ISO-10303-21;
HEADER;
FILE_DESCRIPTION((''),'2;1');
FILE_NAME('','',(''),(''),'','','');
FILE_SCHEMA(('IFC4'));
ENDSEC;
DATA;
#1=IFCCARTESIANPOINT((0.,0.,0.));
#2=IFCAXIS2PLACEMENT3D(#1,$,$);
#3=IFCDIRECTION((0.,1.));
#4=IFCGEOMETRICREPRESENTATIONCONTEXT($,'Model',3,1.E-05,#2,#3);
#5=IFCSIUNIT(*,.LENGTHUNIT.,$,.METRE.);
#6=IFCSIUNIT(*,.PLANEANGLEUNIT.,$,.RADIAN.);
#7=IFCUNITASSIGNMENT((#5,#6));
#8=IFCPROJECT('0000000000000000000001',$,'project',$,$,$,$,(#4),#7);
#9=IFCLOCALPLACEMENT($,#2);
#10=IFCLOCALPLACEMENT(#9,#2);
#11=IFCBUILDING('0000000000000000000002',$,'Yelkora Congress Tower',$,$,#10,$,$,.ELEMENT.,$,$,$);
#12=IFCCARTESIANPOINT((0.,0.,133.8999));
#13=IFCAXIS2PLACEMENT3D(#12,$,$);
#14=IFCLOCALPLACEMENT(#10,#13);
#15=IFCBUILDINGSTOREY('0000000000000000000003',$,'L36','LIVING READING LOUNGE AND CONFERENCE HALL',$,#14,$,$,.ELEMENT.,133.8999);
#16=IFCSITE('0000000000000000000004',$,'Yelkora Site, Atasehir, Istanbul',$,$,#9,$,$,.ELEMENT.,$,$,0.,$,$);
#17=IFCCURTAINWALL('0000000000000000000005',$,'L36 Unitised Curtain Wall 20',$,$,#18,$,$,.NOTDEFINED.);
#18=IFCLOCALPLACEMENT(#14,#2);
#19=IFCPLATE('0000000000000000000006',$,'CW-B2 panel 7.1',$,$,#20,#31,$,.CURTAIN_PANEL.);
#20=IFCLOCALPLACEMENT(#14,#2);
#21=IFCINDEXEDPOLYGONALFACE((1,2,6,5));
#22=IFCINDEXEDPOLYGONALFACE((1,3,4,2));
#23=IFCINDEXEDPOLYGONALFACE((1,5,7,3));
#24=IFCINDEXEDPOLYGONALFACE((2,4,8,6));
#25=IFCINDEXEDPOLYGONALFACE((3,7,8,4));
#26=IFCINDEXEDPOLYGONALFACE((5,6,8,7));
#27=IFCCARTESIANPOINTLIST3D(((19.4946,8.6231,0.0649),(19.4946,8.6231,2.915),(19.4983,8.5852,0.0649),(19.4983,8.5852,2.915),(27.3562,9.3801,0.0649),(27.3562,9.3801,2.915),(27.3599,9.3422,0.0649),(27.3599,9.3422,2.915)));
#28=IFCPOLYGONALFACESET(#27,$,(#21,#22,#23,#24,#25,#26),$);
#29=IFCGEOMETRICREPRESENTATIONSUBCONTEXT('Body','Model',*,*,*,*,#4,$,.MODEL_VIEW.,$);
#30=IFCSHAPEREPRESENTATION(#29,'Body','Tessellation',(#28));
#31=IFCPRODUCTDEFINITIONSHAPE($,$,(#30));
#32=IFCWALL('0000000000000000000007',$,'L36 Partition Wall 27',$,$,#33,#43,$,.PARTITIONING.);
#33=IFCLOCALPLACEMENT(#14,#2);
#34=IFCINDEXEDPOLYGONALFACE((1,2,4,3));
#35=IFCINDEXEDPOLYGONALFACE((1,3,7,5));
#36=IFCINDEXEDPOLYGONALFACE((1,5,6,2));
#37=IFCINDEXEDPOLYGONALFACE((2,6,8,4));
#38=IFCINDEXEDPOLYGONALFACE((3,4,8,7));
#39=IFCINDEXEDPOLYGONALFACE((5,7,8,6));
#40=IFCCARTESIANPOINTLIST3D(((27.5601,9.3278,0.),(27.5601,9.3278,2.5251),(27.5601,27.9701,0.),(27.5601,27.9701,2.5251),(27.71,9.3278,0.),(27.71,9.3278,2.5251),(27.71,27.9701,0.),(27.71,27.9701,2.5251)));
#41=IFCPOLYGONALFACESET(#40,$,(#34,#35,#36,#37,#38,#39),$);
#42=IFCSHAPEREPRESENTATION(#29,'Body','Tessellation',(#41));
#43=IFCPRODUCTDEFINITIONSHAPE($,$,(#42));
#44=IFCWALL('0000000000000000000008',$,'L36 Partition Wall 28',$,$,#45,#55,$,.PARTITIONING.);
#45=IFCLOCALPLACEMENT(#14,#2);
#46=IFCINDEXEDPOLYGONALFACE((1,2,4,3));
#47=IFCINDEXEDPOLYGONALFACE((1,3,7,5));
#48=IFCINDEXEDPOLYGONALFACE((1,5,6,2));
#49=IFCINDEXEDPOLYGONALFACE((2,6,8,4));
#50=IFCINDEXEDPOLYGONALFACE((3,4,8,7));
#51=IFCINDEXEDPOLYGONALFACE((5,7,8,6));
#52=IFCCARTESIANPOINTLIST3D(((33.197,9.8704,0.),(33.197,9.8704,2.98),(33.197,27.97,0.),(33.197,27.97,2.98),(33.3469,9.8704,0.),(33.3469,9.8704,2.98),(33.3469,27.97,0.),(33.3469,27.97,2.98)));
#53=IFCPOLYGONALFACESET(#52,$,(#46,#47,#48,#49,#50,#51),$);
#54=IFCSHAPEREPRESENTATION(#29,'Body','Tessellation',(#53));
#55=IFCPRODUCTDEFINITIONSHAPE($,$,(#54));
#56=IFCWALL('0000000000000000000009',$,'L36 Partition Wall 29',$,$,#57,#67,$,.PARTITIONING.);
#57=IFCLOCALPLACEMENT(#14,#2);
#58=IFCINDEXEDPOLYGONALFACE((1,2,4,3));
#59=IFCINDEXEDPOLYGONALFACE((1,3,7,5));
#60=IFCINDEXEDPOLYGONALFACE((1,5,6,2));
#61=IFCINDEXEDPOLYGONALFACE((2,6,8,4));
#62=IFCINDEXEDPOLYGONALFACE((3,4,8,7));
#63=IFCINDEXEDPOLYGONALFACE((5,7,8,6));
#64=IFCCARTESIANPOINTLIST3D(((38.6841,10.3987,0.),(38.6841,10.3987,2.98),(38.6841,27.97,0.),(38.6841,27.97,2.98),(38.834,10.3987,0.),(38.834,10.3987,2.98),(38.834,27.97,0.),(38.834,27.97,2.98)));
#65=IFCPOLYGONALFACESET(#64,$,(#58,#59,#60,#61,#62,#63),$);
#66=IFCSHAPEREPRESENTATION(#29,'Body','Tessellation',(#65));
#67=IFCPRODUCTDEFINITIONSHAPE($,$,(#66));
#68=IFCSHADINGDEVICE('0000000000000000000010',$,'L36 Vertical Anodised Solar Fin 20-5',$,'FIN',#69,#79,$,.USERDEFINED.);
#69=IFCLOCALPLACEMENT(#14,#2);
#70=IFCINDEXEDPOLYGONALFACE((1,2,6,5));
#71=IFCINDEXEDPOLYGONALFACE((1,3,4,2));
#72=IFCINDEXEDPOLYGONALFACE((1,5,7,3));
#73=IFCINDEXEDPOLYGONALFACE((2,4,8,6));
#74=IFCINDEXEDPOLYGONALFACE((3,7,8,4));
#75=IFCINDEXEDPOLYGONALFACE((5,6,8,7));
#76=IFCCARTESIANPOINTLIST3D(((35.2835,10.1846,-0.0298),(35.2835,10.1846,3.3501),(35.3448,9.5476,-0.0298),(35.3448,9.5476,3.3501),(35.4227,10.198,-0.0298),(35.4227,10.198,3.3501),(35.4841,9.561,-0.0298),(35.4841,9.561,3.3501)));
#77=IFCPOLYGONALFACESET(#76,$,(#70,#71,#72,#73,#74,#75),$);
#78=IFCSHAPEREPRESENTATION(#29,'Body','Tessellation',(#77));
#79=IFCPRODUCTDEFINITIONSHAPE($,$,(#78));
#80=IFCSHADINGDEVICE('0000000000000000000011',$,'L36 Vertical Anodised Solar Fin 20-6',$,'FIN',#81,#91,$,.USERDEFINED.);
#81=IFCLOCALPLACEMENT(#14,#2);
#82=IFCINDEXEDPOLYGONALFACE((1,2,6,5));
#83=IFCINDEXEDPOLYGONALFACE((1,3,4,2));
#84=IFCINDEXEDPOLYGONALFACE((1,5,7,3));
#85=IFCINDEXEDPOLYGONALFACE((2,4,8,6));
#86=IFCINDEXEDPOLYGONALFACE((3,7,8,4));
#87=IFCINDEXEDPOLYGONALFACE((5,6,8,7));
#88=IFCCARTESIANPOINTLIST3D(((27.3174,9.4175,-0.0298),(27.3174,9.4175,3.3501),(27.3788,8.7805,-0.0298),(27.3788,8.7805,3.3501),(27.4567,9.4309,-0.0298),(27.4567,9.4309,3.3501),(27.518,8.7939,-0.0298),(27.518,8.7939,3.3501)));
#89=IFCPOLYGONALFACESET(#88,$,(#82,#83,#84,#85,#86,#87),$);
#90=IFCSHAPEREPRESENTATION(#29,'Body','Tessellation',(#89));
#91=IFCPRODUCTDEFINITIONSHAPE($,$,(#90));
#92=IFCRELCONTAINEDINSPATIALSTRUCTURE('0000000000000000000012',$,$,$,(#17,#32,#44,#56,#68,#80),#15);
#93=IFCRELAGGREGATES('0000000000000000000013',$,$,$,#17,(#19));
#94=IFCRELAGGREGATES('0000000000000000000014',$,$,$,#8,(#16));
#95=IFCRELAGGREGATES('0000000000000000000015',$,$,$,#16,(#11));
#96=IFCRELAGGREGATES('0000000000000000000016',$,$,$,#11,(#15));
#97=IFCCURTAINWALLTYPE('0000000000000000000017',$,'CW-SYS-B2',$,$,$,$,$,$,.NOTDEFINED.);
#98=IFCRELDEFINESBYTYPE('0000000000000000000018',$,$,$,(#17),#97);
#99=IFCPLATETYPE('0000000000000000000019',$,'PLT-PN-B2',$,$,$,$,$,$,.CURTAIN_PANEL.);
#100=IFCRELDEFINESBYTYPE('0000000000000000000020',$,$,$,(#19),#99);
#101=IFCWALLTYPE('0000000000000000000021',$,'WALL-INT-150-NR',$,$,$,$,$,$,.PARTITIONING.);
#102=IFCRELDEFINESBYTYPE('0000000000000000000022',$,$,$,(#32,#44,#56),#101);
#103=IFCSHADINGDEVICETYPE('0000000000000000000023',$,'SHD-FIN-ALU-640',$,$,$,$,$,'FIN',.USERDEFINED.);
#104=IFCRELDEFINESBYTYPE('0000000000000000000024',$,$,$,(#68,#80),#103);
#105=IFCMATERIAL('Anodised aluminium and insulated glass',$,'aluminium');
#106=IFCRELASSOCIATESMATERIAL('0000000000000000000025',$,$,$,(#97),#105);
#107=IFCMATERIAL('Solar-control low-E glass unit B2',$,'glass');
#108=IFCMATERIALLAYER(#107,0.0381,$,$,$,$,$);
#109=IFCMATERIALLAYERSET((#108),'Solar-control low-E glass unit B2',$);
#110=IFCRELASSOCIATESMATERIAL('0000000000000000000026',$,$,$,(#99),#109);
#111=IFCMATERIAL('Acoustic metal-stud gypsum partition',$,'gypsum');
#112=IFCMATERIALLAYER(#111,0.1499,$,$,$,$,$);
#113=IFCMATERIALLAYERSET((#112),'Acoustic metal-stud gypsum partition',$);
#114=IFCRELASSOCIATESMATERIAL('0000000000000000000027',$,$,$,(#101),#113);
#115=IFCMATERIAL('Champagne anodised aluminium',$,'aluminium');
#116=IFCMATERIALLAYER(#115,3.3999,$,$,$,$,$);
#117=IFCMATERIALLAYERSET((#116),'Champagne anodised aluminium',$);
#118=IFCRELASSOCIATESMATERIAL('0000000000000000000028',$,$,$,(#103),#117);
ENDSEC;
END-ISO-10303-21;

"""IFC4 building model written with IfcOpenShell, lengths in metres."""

from ifc_helpers import new_model, si_unit, direction, frame, frame_2d, origin, origin_2d, place, context, subcontext, project, spatial, rectangle, extrude, material, layer, layer_set, type_object, element, aggregate, save


model = new_model("IFC4")

# Units and contexts
model_context = context("Model", 3, precision=1e-05, world=origin(), true_north=direction((0.0, 1.0)))
body_context = subcontext(model_context, "Body", "Model", "MODEL_VIEW")
ifc_project = project(units=[si_unit("LENGTHUNIT", "METRE"), si_unit("PLANEANGLEUNIT", "RADIAN")], contexts=[model_context])

# Site, building, storey
site_placement = place(None, origin())
site = spatial("IfcSite", under=ifc_project, at=site_placement, Name="Yelkora Site, Atasehir, Istanbul", CompositionType="ELEMENT", RefElevation=0.0)
building_placement = place(site_placement, origin())
building = spatial("IfcBuilding", under=site, at=building_placement, Name="Yelkora Congress Tower", CompositionType="ELEMENT")
storey_placement = place(building_placement, frame((0.0, 0.0, 133.8999)))
storey = spatial("IfcBuildingStorey", under=building, at=storey_placement, Name="L36", Description="LIVING READING LOUNGE AND CONFERENCE HALL", CompositionType="ELEMENT", Elevation=133.8999)

# Curtain wall, plate
ifc_material_1 = material(Name="Anodised aluminium and insulated glass", Category="aluminium")
curtain_wall_type = type_object("IfcCurtainWallType", Name="CW-SYS-B2", PredefinedType="NOTDEFINED", material=ifc_material_1)
curtain_wall_placement = place(storey_placement, origin())
curtain_wall = element("IfcCurtainWall", 1, at=curtain_wall_placement, inside=storey, type_object=curtain_wall_type, Name="L36 Unitised Curtain Wall 20", PredefinedType="NOTDEFINED")
ifc_material_2 = material(Name="Solar-control low-E glass unit B2", Category="glass")
ifc_layer_1 = layer(ifc_material_2, 0.0381)
ifc_layer_set_1 = layer_set([ifc_layer_1], Name="Solar-control low-E glass unit B2")
plate_type = type_object("IfcPlateType", Name="PLT-PN-B2", PredefinedType="CURTAIN_PANEL", material=ifc_layer_set_1)
plate_1_placement = place(storey_placement, frame((23.4272, 8.9827, 0.0649), z_axis=(0.0, 0.0, 1.0), x_axis=(-0.995396, -0.095844, 0.0)))
plate_1 = element("IfcPlate", 2, at=plate_1_placement, type_object=plate_type, Name="CW-B2 panel 7.1", PredefinedType="CURTAIN_PANEL", context=body_context, shape_type="SweptSolid", body=[
    extrude(rectangle(XDim=7.8979, YDim=0.0381, at=origin_2d()), origin(), (0.0, 0.0, 1.0), 2.8501),
])
aggregate(curtain_wall, [plate_1])

# Walls
ifc_material_3 = material(Name="Acoustic metal-stud gypsum partition", Category="gypsum")
ifc_layer_2 = layer(ifc_material_3, 0.1499)
ifc_layer_set_2 = layer_set([ifc_layer_2], Name="Acoustic metal-stud gypsum partition")
wall_type = type_object("IfcWallType", Name="WALL-INT-150-NR", PredefinedType="PARTITIONING", material=ifc_layer_set_2)
wall_1_placement = place(storey_placement, frame((27.635, 9.3276, 0.0), z_axis=(0.0, 0.0, 1.0), x_axis=(0.0, 1.0, 0.0)))
element("IfcWall", 3, at=wall_1_placement, inside=storey, type_object=wall_type, Name="L36 Partition Wall 27", PredefinedType="PARTITIONING", context=body_context, shape_type="SweptSolid", body=[
    extrude(rectangle(XDim=18.6423, YDim=0.1499, at=frame_2d((9.3213, 0.0))), origin(), (0.0, 0.0, 1.0), 2.5251),
])
wall_2_placement = place(storey_placement, frame((33.272, 9.8704, 0.0), z_axis=(0.0, 0.0, 1.0), x_axis=(0.0, 1.0, 0.0)))
element("IfcWall", 4, at=wall_2_placement, inside=storey, type_object=wall_type, Name="L36 Partition Wall 28", PredefinedType="PARTITIONING", context=body_context, shape_type="SweptSolid", body=[
    extrude(rectangle(XDim=18.0996, YDim=0.1499, at=frame_2d((9.0498, 0.0))), origin(), (0.0, 0.0, 1.0), 2.98),
])
wall_3_placement = place(storey_placement, frame((38.759, 10.3987, 0.0), z_axis=(0.0, 0.0, 1.0), x_axis=(0.0, 1.0, 0.0)))
element("IfcWall", 5, at=wall_3_placement, inside=storey, type_object=wall_type, Name="L36 Partition Wall 29", PredefinedType="PARTITIONING", context=body_context, shape_type="SweptSolid", body=[
    extrude(rectangle(XDim=17.5713, YDim=0.1499, at=frame_2d((8.7856, 0.0))), origin(), (0.0, 0.0, 1.0), 2.98),
])

# Shading devices
ifc_material_4 = material(Name="Champagne anodised aluminium", Category="aluminium")
ifc_layer_3 = layer(ifc_material_4, 3.3999)
ifc_layer_set_3 = layer_set([ifc_layer_3], Name="Champagne anodised aluminium")
shading_device_type = type_object("IfcShadingDeviceType", Name="SHD-FIN-ALU-640", ElementType="FIN", PredefinedType="USERDEFINED", material=ifc_layer_set_3)
for number, where, z_axis, x_axis, name in (
    (6, (35.3838, 9.8728, -0.0298), (0.0, 0.0, 1.0), (-0.995396, -0.095846, 0.0), "L36 Vertical Anodised Solar Fin 20-5"),
    (7, (27.4177, 9.1057, -0.0298), (0.0, 0.0, 1.0), (-0.995396, -0.095846, 0.0), "L36 Vertical Anodised Solar Fin 20-6"),
):
    element("IfcShadingDevice", number, at=place(storey_placement, frame(where, z_axis=z_axis, x_axis=x_axis)), inside=storey, type_object=shading_device_type, Name=name, ObjectType="FIN", PredefinedType="USERDEFINED", context=body_context, shape_type="SweptSolid", body=[
        extrude(rectangle(XDim=0.1399, YDim=0.6399, at=origin_2d()), origin(), (0.0, 0.0, 1.0), 3.3799),
    ])

save(model, "model.ifc")
